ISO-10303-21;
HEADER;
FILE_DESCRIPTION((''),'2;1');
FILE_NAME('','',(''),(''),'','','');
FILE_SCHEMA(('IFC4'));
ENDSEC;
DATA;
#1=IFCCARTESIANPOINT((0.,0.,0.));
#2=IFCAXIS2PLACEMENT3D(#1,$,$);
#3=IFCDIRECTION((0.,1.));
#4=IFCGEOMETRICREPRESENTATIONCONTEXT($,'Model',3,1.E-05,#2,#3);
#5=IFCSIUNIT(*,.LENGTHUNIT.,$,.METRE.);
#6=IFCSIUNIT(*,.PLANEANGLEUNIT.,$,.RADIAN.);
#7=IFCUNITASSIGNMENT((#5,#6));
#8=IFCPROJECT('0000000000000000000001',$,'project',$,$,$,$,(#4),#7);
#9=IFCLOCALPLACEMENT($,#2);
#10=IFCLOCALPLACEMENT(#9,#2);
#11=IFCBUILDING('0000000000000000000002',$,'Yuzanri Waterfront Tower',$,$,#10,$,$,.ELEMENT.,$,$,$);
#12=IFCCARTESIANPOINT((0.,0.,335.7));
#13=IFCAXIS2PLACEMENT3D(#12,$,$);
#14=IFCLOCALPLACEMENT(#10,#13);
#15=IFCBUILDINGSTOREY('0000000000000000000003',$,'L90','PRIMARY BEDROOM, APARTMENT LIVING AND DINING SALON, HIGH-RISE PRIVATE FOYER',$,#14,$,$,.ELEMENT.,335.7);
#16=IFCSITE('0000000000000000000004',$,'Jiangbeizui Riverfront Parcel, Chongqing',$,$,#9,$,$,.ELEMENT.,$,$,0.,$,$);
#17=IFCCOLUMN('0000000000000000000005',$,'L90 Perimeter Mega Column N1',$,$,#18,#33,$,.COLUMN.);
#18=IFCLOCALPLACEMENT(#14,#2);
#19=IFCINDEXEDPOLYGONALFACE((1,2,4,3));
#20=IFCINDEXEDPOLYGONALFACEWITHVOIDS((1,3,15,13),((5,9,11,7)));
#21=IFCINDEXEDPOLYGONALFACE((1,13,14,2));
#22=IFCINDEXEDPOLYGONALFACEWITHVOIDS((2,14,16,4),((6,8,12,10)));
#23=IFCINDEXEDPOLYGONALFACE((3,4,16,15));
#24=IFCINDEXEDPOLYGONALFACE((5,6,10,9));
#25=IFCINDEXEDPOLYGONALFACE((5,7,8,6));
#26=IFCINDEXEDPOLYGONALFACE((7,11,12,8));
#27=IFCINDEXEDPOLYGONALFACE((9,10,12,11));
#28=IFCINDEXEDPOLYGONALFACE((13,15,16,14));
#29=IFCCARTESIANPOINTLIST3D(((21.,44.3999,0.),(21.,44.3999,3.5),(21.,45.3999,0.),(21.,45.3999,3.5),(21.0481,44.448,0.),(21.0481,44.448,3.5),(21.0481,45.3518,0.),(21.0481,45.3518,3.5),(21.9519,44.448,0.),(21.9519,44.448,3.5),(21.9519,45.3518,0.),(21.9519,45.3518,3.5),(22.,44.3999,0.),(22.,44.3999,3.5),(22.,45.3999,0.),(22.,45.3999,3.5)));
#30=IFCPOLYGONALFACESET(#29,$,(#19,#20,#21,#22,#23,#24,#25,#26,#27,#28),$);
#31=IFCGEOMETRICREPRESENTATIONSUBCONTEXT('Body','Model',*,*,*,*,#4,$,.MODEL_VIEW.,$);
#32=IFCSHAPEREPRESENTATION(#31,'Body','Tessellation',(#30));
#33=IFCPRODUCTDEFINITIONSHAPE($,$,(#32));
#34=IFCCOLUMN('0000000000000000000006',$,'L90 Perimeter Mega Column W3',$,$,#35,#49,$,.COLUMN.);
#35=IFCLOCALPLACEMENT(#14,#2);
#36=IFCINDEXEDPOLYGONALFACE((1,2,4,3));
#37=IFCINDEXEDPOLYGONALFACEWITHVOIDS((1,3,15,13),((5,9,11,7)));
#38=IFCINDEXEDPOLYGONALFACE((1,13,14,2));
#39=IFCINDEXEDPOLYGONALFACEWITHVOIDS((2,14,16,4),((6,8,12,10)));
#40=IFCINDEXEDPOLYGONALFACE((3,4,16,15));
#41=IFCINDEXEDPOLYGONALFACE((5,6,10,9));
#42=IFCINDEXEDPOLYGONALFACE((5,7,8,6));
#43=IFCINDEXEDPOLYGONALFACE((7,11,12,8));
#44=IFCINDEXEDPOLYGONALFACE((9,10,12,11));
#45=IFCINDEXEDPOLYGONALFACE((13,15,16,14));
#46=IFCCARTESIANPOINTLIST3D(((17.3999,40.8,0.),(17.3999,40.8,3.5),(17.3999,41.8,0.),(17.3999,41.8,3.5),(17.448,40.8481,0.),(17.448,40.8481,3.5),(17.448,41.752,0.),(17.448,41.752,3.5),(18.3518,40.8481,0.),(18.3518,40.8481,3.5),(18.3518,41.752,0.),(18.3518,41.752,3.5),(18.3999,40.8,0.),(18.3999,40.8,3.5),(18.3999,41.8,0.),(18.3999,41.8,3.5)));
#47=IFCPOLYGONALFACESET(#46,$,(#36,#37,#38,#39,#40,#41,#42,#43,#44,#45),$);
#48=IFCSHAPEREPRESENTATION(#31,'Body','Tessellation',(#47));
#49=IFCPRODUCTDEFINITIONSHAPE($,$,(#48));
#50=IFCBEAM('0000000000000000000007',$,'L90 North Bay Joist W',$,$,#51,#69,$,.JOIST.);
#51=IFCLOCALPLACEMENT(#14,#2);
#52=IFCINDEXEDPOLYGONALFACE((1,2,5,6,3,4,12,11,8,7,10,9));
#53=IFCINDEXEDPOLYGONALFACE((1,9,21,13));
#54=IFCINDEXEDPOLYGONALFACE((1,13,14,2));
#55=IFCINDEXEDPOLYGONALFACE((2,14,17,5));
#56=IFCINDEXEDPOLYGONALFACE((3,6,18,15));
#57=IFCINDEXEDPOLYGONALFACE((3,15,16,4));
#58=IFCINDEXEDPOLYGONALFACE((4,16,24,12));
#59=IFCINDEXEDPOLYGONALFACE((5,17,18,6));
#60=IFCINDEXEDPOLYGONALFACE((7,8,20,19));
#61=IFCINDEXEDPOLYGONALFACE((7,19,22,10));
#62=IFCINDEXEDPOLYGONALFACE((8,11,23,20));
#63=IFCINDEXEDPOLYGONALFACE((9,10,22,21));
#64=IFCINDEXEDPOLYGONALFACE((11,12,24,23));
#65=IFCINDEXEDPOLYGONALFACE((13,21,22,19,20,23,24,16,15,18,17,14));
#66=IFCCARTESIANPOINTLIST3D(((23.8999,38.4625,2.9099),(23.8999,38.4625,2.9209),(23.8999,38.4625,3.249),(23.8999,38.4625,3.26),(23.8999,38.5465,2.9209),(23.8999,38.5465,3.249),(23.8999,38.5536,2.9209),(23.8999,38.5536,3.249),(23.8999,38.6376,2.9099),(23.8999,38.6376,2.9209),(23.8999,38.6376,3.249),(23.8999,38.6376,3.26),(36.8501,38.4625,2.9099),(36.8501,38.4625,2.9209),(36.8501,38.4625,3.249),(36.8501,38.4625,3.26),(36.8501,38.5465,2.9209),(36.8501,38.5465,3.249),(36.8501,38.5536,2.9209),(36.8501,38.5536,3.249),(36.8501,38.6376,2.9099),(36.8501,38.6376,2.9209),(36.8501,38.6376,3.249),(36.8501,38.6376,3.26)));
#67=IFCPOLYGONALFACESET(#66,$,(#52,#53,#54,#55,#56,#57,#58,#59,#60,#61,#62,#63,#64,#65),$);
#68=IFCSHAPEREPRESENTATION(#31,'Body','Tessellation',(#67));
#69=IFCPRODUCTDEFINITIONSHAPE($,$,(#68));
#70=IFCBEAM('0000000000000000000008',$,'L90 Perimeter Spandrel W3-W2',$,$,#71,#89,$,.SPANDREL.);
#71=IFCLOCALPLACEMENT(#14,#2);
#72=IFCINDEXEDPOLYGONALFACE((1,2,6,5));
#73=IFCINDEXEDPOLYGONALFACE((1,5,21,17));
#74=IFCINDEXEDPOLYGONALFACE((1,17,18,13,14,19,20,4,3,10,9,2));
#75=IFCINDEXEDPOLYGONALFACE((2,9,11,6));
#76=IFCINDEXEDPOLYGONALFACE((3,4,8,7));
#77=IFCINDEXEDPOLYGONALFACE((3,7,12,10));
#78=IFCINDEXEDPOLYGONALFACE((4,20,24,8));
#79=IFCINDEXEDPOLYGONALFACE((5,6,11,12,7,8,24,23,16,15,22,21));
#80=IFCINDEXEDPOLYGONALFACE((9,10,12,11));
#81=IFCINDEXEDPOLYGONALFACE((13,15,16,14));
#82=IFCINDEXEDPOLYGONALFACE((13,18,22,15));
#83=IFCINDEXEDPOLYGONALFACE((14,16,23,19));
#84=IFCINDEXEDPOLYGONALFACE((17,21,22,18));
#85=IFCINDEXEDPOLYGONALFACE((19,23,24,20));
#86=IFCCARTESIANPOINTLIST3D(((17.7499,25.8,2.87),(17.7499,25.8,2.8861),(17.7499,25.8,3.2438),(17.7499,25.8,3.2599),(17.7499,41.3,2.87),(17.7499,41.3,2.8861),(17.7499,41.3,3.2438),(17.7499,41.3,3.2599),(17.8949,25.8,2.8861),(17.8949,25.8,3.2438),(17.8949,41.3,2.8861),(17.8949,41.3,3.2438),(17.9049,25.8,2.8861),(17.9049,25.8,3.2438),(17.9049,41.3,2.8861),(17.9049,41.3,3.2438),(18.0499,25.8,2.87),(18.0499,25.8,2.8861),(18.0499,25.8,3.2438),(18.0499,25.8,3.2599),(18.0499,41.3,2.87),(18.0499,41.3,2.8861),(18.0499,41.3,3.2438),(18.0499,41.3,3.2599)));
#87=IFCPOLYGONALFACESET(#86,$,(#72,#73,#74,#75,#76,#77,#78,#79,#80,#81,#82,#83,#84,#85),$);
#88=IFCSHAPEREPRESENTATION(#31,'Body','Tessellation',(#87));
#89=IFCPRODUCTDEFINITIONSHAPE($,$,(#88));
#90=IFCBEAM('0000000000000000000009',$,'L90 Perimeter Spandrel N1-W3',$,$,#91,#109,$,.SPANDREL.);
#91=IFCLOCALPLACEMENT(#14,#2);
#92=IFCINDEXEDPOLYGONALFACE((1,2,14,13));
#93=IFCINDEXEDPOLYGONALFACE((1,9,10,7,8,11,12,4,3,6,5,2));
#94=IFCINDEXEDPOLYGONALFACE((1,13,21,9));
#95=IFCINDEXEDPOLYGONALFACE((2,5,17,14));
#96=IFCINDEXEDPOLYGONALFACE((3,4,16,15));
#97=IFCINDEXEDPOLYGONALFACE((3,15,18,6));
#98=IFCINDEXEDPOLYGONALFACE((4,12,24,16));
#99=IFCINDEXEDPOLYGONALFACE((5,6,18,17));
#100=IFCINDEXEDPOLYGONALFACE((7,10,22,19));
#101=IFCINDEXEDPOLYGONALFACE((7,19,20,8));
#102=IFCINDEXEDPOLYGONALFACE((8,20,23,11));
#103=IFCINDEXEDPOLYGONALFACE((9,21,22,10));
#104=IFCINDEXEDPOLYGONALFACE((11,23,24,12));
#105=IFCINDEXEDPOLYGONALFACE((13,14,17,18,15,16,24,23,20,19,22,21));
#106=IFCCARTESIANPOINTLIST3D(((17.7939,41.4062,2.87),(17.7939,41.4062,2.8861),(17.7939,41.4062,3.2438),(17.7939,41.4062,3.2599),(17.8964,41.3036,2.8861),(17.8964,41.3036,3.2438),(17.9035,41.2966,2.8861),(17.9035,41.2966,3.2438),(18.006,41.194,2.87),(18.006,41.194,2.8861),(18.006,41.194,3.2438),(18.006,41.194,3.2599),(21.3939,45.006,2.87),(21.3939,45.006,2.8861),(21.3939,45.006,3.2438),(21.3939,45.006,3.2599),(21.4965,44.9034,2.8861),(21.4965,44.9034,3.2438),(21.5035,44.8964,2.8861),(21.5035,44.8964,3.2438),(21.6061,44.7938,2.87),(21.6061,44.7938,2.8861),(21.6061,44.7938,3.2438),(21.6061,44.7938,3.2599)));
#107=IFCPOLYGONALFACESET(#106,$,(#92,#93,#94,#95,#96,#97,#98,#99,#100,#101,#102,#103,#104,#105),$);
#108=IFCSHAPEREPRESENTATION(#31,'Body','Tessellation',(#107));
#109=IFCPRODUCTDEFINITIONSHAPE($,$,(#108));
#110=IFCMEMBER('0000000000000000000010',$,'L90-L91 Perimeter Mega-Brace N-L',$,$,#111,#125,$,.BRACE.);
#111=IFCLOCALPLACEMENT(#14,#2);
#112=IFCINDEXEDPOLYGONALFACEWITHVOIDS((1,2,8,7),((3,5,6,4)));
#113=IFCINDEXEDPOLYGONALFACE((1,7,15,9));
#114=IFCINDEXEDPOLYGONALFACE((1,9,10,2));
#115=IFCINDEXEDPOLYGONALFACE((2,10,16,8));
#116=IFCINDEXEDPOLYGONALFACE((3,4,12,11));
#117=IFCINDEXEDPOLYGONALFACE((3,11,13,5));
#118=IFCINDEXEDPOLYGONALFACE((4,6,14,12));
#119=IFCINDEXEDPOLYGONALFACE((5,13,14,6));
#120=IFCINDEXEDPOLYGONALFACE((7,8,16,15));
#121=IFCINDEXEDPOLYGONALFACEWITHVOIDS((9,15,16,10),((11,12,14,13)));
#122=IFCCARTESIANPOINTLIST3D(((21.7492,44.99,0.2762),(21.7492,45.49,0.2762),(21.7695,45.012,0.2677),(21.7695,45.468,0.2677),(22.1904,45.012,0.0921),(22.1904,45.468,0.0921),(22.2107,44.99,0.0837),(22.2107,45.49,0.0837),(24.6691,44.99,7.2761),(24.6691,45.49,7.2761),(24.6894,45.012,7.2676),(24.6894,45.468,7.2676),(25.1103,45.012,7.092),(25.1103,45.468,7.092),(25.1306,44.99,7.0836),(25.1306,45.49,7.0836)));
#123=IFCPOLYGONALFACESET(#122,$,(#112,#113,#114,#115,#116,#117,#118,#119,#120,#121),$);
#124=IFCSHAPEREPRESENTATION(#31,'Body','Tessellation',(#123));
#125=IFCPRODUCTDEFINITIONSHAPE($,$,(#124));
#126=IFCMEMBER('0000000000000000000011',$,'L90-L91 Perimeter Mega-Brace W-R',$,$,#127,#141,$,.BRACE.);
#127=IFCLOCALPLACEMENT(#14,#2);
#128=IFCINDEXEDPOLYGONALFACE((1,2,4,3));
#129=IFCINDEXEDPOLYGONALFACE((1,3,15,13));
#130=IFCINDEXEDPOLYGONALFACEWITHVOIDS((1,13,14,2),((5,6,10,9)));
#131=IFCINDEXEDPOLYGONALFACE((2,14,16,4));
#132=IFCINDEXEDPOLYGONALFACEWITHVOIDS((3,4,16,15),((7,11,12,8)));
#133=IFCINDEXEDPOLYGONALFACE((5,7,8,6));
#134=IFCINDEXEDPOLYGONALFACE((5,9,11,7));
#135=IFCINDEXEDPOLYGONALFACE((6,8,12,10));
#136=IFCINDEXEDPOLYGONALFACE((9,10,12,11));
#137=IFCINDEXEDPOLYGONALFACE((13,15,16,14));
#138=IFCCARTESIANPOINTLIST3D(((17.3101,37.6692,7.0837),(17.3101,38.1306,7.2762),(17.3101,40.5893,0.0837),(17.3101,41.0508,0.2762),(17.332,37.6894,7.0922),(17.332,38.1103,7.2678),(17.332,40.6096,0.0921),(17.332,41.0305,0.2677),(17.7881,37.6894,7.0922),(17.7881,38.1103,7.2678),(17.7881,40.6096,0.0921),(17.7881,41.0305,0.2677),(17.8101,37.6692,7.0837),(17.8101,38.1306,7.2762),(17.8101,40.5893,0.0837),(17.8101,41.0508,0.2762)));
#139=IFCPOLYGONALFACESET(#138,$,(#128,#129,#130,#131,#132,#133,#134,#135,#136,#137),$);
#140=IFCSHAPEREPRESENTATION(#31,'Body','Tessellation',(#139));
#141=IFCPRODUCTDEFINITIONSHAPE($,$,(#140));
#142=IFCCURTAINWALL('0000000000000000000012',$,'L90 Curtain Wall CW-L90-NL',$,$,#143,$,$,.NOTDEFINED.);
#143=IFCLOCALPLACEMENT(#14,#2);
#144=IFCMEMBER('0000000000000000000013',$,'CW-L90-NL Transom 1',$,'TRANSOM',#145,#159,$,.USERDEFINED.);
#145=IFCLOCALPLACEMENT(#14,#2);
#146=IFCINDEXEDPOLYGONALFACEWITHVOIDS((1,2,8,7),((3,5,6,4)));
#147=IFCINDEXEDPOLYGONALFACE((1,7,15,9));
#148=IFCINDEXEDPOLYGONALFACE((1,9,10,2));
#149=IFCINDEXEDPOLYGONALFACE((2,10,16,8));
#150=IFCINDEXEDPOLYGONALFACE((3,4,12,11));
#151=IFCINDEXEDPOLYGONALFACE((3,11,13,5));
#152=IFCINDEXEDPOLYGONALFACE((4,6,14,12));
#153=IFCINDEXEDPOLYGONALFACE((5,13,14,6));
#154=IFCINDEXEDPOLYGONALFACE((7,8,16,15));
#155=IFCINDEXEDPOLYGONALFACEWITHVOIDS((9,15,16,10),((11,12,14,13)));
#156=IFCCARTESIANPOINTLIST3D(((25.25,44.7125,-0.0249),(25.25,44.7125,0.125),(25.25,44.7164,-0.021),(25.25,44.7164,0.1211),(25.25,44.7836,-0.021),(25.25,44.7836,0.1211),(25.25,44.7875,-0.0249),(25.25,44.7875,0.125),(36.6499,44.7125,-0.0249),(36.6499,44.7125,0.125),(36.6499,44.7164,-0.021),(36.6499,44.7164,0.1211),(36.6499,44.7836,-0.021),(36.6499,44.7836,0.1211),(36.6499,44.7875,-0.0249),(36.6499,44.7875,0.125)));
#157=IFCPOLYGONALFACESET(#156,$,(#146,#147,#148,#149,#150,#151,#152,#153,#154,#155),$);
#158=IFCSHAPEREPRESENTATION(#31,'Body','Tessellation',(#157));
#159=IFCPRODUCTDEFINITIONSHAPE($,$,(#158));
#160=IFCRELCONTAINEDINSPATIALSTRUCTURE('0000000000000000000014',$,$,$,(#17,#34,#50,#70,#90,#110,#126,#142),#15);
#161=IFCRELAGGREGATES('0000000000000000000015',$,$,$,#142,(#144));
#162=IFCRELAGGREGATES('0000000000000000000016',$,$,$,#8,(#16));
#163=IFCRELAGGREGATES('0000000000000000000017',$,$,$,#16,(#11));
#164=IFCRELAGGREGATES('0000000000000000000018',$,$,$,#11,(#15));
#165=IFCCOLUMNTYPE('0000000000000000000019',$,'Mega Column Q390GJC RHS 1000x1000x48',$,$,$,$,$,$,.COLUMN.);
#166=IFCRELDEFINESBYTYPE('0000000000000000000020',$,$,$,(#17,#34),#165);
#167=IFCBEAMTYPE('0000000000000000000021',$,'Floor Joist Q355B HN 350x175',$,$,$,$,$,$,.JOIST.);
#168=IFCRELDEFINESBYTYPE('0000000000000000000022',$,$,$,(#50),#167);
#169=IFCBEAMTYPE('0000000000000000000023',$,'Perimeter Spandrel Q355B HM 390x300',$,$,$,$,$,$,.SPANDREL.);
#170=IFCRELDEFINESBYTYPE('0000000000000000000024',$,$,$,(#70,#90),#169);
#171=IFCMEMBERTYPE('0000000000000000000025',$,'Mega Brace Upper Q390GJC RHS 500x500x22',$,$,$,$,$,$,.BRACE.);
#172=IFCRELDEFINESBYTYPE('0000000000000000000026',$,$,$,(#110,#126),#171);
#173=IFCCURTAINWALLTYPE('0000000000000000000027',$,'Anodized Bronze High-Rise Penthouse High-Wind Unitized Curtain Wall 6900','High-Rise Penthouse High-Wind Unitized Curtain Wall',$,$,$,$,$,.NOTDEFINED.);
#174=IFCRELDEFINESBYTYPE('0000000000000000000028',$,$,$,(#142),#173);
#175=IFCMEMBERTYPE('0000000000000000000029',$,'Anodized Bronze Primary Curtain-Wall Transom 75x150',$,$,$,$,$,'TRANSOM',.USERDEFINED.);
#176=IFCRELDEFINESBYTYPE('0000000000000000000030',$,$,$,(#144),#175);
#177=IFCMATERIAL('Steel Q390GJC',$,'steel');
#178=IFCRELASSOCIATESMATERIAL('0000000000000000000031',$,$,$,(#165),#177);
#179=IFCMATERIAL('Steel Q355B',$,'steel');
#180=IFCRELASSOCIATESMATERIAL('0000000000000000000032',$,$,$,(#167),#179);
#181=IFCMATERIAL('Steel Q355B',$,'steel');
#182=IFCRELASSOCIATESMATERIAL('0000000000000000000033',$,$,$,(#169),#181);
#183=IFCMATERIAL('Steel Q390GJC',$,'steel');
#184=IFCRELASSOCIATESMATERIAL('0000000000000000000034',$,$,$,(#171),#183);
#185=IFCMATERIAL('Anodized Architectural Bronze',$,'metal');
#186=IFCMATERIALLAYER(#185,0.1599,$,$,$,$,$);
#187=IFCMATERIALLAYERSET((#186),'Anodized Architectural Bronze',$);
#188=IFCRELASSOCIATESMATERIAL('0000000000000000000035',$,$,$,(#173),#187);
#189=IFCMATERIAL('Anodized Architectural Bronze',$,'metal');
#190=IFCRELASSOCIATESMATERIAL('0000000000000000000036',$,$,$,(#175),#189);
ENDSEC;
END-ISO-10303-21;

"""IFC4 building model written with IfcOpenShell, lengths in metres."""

from ifc_helpers import new_model, si_unit, direction, frame, origin, origin_2d, place, context, subcontext, project, spatial, hollow_rectangle, i_section, extrude, source, transform, mapped, material, layer, layer_set, material_profile, profile_set, type_object, element, aggregate, save


model = new_model("IFC4")

# Units and contexts
model_context = context("Model", 3, precision=1e-05, world=origin(), true_north=direction((0.0, 1.0)))
body_context = subcontext(model_context, "Body", "Model", "MODEL_VIEW")
ifc_project = project(units=[si_unit("LENGTHUNIT", "METRE"), si_unit("PLANEANGLEUNIT", "RADIAN")], contexts=[model_context])

# Site, building, storey
site_placement = place(None, origin())
site = spatial("IfcSite", under=ifc_project, at=site_placement, Name="Jiangbeizui Riverfront Parcel, Chongqing", CompositionType="ELEMENT", RefElevation=0.0)
building_placement = place(site_placement, origin())
building = spatial("IfcBuilding", under=site, at=building_placement, Name="Yuzanri Waterfront Tower", CompositionType="ELEMENT")
storey_placement = place(building_placement, frame((0.0, 0.0, 335.7)))
storey = spatial("IfcBuildingStorey", under=building, at=storey_placement, Name="L90", Description="PRIMARY BEDROOM, APARTMENT LIVING AND DINING SALON, HIGH-RISE PRIVATE FOYER", CompositionType="ELEMENT", Elevation=335.7)

# Columns
ifc_material_1 = material(Name="Steel Q390GJC", Category="steel")
ifc_material_profile_1 = material_profile(ifc_material_1, hollow_rectangle(XDim=1.0, YDim=1.0, WallThickness=0.0481, at=origin_2d()), Name="RHS 1000x1000x48")
ifc_profile_set_1 = profile_set([ifc_material_profile_1], Name="Steel Q390GJC")
column_type = type_object("IfcColumnType", Name="Mega Column Q390GJC RHS 1000x1000x48", PredefinedType="COLUMN", material=ifc_profile_set_1)
shared_shape_1 = source(origin(), body_context, "Body", "SweptSolid", [
    extrude(hollow_rectangle(XDim=1.0, YDim=1.0, WallThickness=0.0481, at=origin_2d()), origin(), (0.0, 0.0, 1.0), 3.5),
])
for number, where, z_axis, x_axis, name in (
    (1, (21.5, 44.8999, 0.0), (0.0, 0.0, 1.0), (1.0, 0.0, 0.0), "L90 Perimeter Mega Column N1"),
    (2, (17.8999, 41.3, 0.0), (0.0, 0.0, 1.0), (1.0, 0.0, 0.0), "L90 Perimeter Mega Column W3"),
):
    element("IfcColumn", number, at=place(storey_placement, frame(where, z_axis=z_axis, x_axis=x_axis)), inside=storey, type_object=column_type, Name=name, PredefinedType="COLUMN", context=body_context, shape_type="MappedRepresentation", body=[
        mapped(shared_shape_1, transform((0.0, 0.0, 0.0), scale=1.0)),
    ])

# Beams
ifc_material_2 = material(Name="Steel Q355B", Category="steel")
ifc_material_profile_2 = material_profile(ifc_material_2, i_section(OverallWidth=0.175, OverallDepth=0.3501, WebThickness=0.0071, FlangeThickness=0.011, at=origin_2d()), Name="HN 350x175x7x11")
ifc_profile_set_2 = profile_set([ifc_material_profile_2], Name="Steel Q355B")
beam_type_1 = type_object("IfcBeamType", Name="Floor Joist Q355B HN 350x175", PredefinedType="JOIST", material=ifc_profile_set_2)
shared_shape_2 = source(origin(), body_context, "Body", "SweptSolid", [
    extrude(i_section(OverallWidth=0.175, OverallDepth=0.3501, WebThickness=0.0071, FlangeThickness=0.011, at=origin_2d()), origin(), (0.0, 0.0, 1.0), 12.9502),
])
beam_1_placement = place(storey_placement, frame((23.8999, 38.55, 3.085), z_axis=(1.0, 0.0, 0.0), x_axis=(0.0, 1.0, 0.0)))
element("IfcBeam", 3, at=beam_1_placement, inside=storey, type_object=beam_type_1, Name="L90 North Bay Joist W", PredefinedType="JOIST", context=body_context, shape_type="MappedRepresentation", body=[
    mapped(shared_shape_2, transform((0.0, 0.0, 0.0), scale=1.0)),
])
ifc_material_3 = material(Name="Steel Q355B", Category="steel")
ifc_material_profile_3 = material_profile(ifc_material_3, i_section(OverallWidth=0.3, OverallDepth=0.3899, WebThickness=0.01, FlangeThickness=0.0161, at=origin_2d()), Name="HM 390x300x10x16")
ifc_profile_set_3 = profile_set([ifc_material_profile_3], Name="Steel Q355B")
beam_type_2 = type_object("IfcBeamType", Name="Perimeter Spandrel Q355B HM 390x300", PredefinedType="SPANDREL", material=ifc_profile_set_3)
shared_shape_3 = source(origin(), body_context, "Body", "SweptSolid", [
    extrude(i_section(OverallWidth=0.3, OverallDepth=0.3899, WebThickness=0.01, FlangeThickness=0.0161, at=origin_2d()), origin(), (0.0, 0.0, 1.0), 15.5),
])
beam_2_placement = place(storey_placement, frame((17.8999, 41.3, 3.0649), z_axis=(0.0, -1.0, 0.0), x_axis=(1.0, 0.0, 0.0)))
element("IfcBeam", 4, at=beam_2_placement, inside=storey, type_object=beam_type_2, Name="L90 Perimeter Spandrel W3-W2", PredefinedType="SPANDREL", context=body_context, shape_type="MappedRepresentation", body=[
    mapped(shared_shape_3, transform((0.0, 0.0, 0.0), scale=1.0)),
])
shared_shape_4 = source(origin(), body_context, "Body", "SweptSolid", [
    extrude(i_section(OverallWidth=0.3, OverallDepth=0.3899, WebThickness=0.01, FlangeThickness=0.0161, at=origin_2d()), origin(), (0.0, 0.0, 1.0), 5.0911),
])
beam_3_placement = place(storey_placement, frame((21.5, 44.8999, 3.0649), z_axis=(-0.707131, -0.707083, 0.0), x_axis=(0.707083, -0.707131, 0.0)))
element("IfcBeam", 5, at=beam_3_placement, inside=storey, type_object=beam_type_2, Name="L90 Perimeter Spandrel N1-W3", PredefinedType="SPANDREL", context=body_context, shape_type="MappedRepresentation", body=[
    mapped(shared_shape_4, transform((0.0, 0.0, 0.0), scale=1.0)),
])

# Members
ifc_material_4 = material(Name="Steel Q390GJC", Category="steel")
ifc_material_profile_4 = material_profile(ifc_material_4, hollow_rectangle(XDim=0.5, YDim=0.5, WallThickness=0.022, at=origin_2d()), Name="RHS 500x500x22")
ifc_profile_set_4 = profile_set([ifc_material_profile_4], Name="Steel Q390GJC")
member_type_1 = type_object("IfcMemberType", Name="Mega Brace Upper Q390GJC RHS 500x500x22", PredefinedType="BRACE", material=ifc_profile_set_4)
shared_shape_5 = source(origin(), body_context, "Body", "SweptSolid", [
    extrude(hollow_rectangle(XDim=0.5, YDim=0.5, WallThickness=0.022, at=origin_2d()), origin(), (0.0, 0.0, 1.0), 7.5845),
])
member_1_placement = place(storey_placement, frame((21.98, 45.24, 0.1799), z_axis=(0.384981, 0.0, 0.922924), x_axis=(0.0, 1.0, 0.0)))
element("IfcMember", 6, at=member_1_placement, inside=storey, type_object=member_type_1, Name="L90-L91 Perimeter Mega-Brace N-L", PredefinedType="BRACE", context=body_context, shape_type="MappedRepresentation", body=[
    mapped(shared_shape_5, transform((0.0, 0.0, 0.0), scale=1.0)),
])
shared_shape_6 = source(origin(), body_context, "Body", "SweptSolid", [
    extrude(hollow_rectangle(XDim=0.5, YDim=0.5, WallThickness=0.022, at=origin_2d()), origin(), (0.0, 0.0, 1.0), 7.5847),
])
member_2_placement = place(storey_placement, frame((17.5601, 40.8201, 0.1799), z_axis=(0.0, -0.385008, 0.922913), x_axis=(1.0, 0.0, 0.0)))
element("IfcMember", 7, at=member_2_placement, inside=storey, type_object=member_type_1, Name="L90-L91 Perimeter Mega-Brace W-R", PredefinedType="BRACE", context=body_context, shape_type="MappedRepresentation", body=[
    mapped(shared_shape_6, transform((0.0, 0.0, 0.0), scale=1.0)),
])

# Curtain wall, member
ifc_material_5 = material(Name="Anodized Architectural Bronze", Category="metal")
ifc_layer_1 = layer(ifc_material_5, 0.1599)
ifc_layer_set_1 = layer_set([ifc_layer_1], Name="Anodized Architectural Bronze")
curtain_wall_type = type_object("IfcCurtainWallType", Name="Anodized Bronze High-Rise Penthouse High-Wind Unitized Curtain Wall 6900", Description="High-Rise Penthouse High-Wind Unitized Curtain Wall", PredefinedType="NOTDEFINED", material=ifc_layer_set_1)
curtain_wall_1_placement = place(storey_placement, origin())
curtain_wall_1 = element("IfcCurtainWall", 8, at=curtain_wall_1_placement, inside=storey, type_object=curtain_wall_type, Name="L90 Curtain Wall CW-L90-NL", PredefinedType="NOTDEFINED")
ifc_material_6 = material(Name="Anodized Architectural Bronze", Category="metal")
ifc_material_profile_5 = material_profile(ifc_material_6, hollow_rectangle(XDim=0.075, YDim=0.1499, WallThickness=0.0039, at=origin_2d()), Name="CWT 75x150")
ifc_profile_set_5 = profile_set([ifc_material_profile_5], Name="Anodized Architectural Bronze")
member_type_2 = type_object("IfcMemberType", Name="Anodized Bronze Primary Curtain-Wall Transom 75x150", ElementType="TRANSOM", PredefinedType="USERDEFINED", material=ifc_profile_set_5)
shared_shape_7 = source(origin(), body_context, "Body", "SweptSolid", [
    extrude(hollow_rectangle(XDim=0.075, YDim=0.1499, WallThickness=0.0039, at=origin_2d()), origin(), (0.0, 0.0, 1.0), 11.3999),
])
member_3_placement = place(storey_placement, frame((25.25, 44.75, 0.05), z_axis=(1.0, 0.0, 0.0), x_axis=(0.0, 1.0, 0.0)))
member_3 = element("IfcMember", 9, at=member_3_placement, type_object=member_type_2, Name="CW-L90-NL Transom 1", ObjectType="TRANSOM", PredefinedType="USERDEFINED", context=body_context, shape_type="MappedRepresentation", body=[
    mapped(shared_shape_7, transform((0.0, 0.0, 0.0), scale=1.0)),
])
aggregate(curtain_wall_1, [member_3])

save(model, "model.ifc")
